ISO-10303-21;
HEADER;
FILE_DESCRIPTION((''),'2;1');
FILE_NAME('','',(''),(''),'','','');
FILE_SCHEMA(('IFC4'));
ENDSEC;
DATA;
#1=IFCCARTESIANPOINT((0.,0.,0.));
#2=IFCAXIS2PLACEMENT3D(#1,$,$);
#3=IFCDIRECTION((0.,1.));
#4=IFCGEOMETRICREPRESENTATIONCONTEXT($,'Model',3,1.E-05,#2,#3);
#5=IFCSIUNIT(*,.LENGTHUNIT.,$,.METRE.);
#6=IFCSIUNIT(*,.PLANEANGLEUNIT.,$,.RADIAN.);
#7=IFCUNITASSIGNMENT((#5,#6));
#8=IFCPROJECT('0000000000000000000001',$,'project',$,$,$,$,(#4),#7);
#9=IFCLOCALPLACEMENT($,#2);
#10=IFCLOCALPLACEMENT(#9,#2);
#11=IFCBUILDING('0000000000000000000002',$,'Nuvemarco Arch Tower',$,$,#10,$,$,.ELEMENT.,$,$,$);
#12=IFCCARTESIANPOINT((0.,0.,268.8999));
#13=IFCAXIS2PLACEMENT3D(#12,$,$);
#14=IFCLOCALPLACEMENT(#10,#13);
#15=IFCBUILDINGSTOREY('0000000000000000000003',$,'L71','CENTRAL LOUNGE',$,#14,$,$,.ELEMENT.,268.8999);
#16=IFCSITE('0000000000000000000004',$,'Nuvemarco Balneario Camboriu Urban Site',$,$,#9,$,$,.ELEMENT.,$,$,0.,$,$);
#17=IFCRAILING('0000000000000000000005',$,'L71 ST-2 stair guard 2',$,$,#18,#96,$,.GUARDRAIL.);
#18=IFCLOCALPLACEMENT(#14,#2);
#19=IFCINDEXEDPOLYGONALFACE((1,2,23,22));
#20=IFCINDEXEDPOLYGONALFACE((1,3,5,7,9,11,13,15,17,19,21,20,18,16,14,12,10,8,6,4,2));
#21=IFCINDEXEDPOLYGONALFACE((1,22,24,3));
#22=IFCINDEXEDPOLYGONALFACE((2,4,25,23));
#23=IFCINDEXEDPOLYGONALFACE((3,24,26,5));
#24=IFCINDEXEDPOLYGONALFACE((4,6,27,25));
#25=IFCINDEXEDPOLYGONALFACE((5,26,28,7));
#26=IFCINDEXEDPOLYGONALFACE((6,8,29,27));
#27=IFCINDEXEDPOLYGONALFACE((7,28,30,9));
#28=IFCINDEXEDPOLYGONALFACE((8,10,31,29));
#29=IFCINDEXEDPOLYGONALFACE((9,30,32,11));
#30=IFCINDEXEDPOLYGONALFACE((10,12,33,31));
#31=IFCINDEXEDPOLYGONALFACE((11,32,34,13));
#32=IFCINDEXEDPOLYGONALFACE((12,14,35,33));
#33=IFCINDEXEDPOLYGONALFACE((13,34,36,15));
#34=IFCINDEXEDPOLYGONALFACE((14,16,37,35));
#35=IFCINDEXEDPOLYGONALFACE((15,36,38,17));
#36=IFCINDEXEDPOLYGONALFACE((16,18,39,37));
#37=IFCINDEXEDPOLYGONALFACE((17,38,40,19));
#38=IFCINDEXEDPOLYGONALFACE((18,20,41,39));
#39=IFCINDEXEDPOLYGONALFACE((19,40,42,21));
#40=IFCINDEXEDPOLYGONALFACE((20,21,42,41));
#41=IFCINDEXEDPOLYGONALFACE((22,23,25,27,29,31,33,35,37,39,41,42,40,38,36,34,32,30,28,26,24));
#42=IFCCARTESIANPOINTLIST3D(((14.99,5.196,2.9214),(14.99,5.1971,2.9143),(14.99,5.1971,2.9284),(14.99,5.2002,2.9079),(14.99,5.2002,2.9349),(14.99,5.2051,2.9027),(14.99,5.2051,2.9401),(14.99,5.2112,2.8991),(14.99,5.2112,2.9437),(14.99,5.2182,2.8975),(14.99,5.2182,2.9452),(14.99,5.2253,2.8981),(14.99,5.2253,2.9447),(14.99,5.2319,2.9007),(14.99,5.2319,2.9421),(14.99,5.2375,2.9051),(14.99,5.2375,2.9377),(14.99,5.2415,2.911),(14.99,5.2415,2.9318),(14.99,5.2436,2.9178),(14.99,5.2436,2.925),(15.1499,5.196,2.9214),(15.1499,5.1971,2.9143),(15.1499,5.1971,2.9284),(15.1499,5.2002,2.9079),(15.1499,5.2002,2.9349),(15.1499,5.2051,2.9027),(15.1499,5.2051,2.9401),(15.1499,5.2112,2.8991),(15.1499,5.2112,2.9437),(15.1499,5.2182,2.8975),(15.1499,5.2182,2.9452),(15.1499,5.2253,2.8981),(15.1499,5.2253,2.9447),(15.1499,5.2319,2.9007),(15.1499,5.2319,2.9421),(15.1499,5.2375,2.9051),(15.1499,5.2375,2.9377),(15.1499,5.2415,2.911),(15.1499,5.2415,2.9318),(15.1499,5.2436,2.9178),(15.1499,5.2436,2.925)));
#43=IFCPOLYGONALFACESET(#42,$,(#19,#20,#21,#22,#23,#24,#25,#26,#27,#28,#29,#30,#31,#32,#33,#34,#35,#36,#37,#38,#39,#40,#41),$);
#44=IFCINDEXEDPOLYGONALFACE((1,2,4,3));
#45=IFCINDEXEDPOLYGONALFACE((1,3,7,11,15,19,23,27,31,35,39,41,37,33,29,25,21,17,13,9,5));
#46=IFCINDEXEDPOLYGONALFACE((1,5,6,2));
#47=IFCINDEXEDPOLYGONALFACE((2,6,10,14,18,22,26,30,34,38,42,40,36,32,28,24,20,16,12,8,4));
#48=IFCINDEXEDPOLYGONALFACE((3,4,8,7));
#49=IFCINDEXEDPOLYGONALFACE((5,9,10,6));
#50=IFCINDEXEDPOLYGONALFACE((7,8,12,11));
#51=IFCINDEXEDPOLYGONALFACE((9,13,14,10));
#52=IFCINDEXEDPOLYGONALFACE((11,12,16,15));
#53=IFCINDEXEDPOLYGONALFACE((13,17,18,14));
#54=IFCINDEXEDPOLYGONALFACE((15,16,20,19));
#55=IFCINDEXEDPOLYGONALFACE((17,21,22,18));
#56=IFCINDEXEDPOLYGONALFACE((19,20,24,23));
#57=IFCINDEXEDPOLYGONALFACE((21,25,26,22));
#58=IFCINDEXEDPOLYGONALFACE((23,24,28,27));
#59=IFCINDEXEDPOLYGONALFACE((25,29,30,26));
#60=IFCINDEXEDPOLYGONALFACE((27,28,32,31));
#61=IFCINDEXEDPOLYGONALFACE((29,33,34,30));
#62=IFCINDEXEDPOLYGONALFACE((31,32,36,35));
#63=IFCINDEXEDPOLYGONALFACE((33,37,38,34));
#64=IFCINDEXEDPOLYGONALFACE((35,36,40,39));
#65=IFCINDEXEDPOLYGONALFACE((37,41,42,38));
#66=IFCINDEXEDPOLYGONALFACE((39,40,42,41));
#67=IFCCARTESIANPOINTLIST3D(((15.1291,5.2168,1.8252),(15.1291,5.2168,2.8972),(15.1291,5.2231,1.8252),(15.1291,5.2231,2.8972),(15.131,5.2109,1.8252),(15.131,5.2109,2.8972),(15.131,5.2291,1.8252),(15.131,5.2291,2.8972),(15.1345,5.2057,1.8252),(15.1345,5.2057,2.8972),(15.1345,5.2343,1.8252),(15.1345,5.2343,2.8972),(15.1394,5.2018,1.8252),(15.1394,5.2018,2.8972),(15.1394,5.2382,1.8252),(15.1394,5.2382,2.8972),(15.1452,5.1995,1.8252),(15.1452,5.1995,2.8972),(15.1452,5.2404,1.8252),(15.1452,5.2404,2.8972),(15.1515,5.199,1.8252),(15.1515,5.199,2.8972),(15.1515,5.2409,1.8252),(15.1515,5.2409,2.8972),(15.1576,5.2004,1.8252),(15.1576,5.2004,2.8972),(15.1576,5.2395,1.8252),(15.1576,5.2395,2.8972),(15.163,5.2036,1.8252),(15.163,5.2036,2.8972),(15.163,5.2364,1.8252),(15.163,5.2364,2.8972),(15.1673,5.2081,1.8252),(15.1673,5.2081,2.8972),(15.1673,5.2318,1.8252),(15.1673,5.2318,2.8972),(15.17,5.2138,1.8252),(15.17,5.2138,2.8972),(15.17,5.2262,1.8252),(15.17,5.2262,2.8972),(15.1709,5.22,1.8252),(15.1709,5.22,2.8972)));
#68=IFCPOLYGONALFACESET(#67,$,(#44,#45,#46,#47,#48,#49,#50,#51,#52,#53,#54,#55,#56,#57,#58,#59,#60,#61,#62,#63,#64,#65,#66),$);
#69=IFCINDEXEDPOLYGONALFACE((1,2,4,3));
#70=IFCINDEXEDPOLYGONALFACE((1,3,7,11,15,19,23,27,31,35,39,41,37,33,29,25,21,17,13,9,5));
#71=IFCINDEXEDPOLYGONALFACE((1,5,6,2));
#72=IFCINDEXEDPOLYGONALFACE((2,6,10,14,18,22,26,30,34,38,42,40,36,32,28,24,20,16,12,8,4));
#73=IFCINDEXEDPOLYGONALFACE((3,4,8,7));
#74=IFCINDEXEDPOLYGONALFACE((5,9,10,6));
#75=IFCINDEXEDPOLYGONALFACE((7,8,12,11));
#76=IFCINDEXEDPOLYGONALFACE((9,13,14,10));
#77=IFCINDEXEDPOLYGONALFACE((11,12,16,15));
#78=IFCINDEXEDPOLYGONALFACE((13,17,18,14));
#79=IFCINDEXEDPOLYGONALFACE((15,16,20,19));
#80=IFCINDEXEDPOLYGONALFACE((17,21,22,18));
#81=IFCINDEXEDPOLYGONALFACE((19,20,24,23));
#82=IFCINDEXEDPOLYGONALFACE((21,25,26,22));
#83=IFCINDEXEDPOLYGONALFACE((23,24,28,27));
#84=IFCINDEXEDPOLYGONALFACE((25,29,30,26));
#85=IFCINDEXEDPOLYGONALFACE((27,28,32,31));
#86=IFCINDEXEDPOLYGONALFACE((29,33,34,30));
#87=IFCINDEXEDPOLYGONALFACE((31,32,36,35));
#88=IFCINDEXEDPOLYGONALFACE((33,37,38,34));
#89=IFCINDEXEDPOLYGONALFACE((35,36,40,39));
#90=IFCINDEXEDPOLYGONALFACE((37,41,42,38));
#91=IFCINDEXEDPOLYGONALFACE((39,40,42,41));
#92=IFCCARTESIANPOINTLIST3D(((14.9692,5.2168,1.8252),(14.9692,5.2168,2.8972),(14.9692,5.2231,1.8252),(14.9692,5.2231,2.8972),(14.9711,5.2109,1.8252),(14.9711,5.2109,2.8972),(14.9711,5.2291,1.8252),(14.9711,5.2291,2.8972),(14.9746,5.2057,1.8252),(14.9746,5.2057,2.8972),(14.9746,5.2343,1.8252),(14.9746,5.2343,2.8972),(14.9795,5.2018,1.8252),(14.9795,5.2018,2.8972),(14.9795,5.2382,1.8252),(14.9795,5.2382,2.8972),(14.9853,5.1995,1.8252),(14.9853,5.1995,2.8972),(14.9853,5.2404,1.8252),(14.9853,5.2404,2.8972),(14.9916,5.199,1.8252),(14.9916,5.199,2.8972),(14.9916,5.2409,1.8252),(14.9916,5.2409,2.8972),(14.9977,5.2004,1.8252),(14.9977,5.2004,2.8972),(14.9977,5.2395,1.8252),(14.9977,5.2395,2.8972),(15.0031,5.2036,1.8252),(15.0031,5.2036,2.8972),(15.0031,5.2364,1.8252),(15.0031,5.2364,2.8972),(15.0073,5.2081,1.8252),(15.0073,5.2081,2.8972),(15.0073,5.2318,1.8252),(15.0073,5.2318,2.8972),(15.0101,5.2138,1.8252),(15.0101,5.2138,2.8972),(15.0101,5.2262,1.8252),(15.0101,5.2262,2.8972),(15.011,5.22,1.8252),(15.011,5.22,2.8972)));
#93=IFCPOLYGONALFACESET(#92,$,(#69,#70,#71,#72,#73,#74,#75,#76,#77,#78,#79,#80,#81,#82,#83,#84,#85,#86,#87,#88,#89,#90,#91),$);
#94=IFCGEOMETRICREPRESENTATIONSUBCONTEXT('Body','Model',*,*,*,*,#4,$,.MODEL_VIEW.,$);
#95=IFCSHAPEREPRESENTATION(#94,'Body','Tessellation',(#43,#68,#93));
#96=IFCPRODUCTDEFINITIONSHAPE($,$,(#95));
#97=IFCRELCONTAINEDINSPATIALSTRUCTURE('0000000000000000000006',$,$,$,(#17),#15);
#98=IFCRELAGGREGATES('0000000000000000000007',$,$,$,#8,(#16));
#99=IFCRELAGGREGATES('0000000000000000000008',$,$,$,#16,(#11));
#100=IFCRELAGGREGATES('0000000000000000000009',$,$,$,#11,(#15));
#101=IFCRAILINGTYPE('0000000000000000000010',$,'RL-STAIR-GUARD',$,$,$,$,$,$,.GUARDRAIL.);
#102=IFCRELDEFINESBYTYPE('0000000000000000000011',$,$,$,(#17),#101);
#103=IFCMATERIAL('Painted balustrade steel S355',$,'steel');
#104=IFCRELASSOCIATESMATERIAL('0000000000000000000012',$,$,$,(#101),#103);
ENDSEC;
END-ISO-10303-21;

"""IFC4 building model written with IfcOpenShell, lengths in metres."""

from ifc_helpers import new_model, si_unit, direction, frame, origin, origin_2d, place, context, subcontext, project, spatial, circle, extrude, material, type_object, element, save


model = new_model("IFC4")

# Units and contexts
model_context = context("Model", 3, precision=1e-05, world=origin(), true_north=direction((0.0, 1.0)))
body_context = subcontext(model_context, "Body", "Model", "MODEL_VIEW")
ifc_project = project(units=[si_unit("LENGTHUNIT", "METRE"), si_unit("PLANEANGLEUNIT", "RADIAN")], contexts=[model_context])

# Site, building, storey
site_placement = place(None, origin())
site = spatial("IfcSite", under=ifc_project, at=site_placement, Name="Nuvemarco Balneario Camboriu Urban Site", CompositionType="ELEMENT", RefElevation=0.0)
building_placement = place(site_placement, origin())
building = spatial("IfcBuilding", under=site, at=building_placement, Name="Nuvemarco Arch Tower", CompositionType="ELEMENT")
storey_placement = place(building_placement, frame((0.0, 0.0, 268.8999)))
storey = spatial("IfcBuildingStorey", under=building, at=storey_placement, Name="L71", Description="CENTRAL LOUNGE", CompositionType="ELEMENT", Elevation=268.8999)

# Railing
ifc_material_1 = material(Name="Painted balustrade steel S355", Category="steel")
railing_type_1 = type_object("IfcRailingType", Name="RL-STAIR-GUARD", PredefinedType="GUARDRAIL", material=ifc_material_1)
railing_1_placement = place(storey_placement, frame((15.1499, 5.22, 1.8252)))
element("IfcRailing", 1, at=railing_1_placement, inside=storey, type_object=railing_type_1, Name="L71 ST-2 stair guard 2", PredefinedType="GUARDRAIL", context=body_context, shape_type="SweptSolid", body=[
    extrude(circle(Radius=0.0239, at=origin_2d()), frame((0.0, 0.0, 1.0962), z_axis=(-1.0, 0.0, 0.0), x_axis=(0.0, -1.0, 0.0)), (0.0, 0.0, 1.0), 0.1599),
    extrude(circle(Radius=0.021, at=origin_2d()), origin(), (0.0, 0.0, 1.0), 1.072),
    extrude(circle(Radius=0.021, at=origin_2d()), frame((-0.1599, 0.0, 0.0)), (0.0, 0.0, 1.0), 1.072),
])

save(model, "model.ifc")
